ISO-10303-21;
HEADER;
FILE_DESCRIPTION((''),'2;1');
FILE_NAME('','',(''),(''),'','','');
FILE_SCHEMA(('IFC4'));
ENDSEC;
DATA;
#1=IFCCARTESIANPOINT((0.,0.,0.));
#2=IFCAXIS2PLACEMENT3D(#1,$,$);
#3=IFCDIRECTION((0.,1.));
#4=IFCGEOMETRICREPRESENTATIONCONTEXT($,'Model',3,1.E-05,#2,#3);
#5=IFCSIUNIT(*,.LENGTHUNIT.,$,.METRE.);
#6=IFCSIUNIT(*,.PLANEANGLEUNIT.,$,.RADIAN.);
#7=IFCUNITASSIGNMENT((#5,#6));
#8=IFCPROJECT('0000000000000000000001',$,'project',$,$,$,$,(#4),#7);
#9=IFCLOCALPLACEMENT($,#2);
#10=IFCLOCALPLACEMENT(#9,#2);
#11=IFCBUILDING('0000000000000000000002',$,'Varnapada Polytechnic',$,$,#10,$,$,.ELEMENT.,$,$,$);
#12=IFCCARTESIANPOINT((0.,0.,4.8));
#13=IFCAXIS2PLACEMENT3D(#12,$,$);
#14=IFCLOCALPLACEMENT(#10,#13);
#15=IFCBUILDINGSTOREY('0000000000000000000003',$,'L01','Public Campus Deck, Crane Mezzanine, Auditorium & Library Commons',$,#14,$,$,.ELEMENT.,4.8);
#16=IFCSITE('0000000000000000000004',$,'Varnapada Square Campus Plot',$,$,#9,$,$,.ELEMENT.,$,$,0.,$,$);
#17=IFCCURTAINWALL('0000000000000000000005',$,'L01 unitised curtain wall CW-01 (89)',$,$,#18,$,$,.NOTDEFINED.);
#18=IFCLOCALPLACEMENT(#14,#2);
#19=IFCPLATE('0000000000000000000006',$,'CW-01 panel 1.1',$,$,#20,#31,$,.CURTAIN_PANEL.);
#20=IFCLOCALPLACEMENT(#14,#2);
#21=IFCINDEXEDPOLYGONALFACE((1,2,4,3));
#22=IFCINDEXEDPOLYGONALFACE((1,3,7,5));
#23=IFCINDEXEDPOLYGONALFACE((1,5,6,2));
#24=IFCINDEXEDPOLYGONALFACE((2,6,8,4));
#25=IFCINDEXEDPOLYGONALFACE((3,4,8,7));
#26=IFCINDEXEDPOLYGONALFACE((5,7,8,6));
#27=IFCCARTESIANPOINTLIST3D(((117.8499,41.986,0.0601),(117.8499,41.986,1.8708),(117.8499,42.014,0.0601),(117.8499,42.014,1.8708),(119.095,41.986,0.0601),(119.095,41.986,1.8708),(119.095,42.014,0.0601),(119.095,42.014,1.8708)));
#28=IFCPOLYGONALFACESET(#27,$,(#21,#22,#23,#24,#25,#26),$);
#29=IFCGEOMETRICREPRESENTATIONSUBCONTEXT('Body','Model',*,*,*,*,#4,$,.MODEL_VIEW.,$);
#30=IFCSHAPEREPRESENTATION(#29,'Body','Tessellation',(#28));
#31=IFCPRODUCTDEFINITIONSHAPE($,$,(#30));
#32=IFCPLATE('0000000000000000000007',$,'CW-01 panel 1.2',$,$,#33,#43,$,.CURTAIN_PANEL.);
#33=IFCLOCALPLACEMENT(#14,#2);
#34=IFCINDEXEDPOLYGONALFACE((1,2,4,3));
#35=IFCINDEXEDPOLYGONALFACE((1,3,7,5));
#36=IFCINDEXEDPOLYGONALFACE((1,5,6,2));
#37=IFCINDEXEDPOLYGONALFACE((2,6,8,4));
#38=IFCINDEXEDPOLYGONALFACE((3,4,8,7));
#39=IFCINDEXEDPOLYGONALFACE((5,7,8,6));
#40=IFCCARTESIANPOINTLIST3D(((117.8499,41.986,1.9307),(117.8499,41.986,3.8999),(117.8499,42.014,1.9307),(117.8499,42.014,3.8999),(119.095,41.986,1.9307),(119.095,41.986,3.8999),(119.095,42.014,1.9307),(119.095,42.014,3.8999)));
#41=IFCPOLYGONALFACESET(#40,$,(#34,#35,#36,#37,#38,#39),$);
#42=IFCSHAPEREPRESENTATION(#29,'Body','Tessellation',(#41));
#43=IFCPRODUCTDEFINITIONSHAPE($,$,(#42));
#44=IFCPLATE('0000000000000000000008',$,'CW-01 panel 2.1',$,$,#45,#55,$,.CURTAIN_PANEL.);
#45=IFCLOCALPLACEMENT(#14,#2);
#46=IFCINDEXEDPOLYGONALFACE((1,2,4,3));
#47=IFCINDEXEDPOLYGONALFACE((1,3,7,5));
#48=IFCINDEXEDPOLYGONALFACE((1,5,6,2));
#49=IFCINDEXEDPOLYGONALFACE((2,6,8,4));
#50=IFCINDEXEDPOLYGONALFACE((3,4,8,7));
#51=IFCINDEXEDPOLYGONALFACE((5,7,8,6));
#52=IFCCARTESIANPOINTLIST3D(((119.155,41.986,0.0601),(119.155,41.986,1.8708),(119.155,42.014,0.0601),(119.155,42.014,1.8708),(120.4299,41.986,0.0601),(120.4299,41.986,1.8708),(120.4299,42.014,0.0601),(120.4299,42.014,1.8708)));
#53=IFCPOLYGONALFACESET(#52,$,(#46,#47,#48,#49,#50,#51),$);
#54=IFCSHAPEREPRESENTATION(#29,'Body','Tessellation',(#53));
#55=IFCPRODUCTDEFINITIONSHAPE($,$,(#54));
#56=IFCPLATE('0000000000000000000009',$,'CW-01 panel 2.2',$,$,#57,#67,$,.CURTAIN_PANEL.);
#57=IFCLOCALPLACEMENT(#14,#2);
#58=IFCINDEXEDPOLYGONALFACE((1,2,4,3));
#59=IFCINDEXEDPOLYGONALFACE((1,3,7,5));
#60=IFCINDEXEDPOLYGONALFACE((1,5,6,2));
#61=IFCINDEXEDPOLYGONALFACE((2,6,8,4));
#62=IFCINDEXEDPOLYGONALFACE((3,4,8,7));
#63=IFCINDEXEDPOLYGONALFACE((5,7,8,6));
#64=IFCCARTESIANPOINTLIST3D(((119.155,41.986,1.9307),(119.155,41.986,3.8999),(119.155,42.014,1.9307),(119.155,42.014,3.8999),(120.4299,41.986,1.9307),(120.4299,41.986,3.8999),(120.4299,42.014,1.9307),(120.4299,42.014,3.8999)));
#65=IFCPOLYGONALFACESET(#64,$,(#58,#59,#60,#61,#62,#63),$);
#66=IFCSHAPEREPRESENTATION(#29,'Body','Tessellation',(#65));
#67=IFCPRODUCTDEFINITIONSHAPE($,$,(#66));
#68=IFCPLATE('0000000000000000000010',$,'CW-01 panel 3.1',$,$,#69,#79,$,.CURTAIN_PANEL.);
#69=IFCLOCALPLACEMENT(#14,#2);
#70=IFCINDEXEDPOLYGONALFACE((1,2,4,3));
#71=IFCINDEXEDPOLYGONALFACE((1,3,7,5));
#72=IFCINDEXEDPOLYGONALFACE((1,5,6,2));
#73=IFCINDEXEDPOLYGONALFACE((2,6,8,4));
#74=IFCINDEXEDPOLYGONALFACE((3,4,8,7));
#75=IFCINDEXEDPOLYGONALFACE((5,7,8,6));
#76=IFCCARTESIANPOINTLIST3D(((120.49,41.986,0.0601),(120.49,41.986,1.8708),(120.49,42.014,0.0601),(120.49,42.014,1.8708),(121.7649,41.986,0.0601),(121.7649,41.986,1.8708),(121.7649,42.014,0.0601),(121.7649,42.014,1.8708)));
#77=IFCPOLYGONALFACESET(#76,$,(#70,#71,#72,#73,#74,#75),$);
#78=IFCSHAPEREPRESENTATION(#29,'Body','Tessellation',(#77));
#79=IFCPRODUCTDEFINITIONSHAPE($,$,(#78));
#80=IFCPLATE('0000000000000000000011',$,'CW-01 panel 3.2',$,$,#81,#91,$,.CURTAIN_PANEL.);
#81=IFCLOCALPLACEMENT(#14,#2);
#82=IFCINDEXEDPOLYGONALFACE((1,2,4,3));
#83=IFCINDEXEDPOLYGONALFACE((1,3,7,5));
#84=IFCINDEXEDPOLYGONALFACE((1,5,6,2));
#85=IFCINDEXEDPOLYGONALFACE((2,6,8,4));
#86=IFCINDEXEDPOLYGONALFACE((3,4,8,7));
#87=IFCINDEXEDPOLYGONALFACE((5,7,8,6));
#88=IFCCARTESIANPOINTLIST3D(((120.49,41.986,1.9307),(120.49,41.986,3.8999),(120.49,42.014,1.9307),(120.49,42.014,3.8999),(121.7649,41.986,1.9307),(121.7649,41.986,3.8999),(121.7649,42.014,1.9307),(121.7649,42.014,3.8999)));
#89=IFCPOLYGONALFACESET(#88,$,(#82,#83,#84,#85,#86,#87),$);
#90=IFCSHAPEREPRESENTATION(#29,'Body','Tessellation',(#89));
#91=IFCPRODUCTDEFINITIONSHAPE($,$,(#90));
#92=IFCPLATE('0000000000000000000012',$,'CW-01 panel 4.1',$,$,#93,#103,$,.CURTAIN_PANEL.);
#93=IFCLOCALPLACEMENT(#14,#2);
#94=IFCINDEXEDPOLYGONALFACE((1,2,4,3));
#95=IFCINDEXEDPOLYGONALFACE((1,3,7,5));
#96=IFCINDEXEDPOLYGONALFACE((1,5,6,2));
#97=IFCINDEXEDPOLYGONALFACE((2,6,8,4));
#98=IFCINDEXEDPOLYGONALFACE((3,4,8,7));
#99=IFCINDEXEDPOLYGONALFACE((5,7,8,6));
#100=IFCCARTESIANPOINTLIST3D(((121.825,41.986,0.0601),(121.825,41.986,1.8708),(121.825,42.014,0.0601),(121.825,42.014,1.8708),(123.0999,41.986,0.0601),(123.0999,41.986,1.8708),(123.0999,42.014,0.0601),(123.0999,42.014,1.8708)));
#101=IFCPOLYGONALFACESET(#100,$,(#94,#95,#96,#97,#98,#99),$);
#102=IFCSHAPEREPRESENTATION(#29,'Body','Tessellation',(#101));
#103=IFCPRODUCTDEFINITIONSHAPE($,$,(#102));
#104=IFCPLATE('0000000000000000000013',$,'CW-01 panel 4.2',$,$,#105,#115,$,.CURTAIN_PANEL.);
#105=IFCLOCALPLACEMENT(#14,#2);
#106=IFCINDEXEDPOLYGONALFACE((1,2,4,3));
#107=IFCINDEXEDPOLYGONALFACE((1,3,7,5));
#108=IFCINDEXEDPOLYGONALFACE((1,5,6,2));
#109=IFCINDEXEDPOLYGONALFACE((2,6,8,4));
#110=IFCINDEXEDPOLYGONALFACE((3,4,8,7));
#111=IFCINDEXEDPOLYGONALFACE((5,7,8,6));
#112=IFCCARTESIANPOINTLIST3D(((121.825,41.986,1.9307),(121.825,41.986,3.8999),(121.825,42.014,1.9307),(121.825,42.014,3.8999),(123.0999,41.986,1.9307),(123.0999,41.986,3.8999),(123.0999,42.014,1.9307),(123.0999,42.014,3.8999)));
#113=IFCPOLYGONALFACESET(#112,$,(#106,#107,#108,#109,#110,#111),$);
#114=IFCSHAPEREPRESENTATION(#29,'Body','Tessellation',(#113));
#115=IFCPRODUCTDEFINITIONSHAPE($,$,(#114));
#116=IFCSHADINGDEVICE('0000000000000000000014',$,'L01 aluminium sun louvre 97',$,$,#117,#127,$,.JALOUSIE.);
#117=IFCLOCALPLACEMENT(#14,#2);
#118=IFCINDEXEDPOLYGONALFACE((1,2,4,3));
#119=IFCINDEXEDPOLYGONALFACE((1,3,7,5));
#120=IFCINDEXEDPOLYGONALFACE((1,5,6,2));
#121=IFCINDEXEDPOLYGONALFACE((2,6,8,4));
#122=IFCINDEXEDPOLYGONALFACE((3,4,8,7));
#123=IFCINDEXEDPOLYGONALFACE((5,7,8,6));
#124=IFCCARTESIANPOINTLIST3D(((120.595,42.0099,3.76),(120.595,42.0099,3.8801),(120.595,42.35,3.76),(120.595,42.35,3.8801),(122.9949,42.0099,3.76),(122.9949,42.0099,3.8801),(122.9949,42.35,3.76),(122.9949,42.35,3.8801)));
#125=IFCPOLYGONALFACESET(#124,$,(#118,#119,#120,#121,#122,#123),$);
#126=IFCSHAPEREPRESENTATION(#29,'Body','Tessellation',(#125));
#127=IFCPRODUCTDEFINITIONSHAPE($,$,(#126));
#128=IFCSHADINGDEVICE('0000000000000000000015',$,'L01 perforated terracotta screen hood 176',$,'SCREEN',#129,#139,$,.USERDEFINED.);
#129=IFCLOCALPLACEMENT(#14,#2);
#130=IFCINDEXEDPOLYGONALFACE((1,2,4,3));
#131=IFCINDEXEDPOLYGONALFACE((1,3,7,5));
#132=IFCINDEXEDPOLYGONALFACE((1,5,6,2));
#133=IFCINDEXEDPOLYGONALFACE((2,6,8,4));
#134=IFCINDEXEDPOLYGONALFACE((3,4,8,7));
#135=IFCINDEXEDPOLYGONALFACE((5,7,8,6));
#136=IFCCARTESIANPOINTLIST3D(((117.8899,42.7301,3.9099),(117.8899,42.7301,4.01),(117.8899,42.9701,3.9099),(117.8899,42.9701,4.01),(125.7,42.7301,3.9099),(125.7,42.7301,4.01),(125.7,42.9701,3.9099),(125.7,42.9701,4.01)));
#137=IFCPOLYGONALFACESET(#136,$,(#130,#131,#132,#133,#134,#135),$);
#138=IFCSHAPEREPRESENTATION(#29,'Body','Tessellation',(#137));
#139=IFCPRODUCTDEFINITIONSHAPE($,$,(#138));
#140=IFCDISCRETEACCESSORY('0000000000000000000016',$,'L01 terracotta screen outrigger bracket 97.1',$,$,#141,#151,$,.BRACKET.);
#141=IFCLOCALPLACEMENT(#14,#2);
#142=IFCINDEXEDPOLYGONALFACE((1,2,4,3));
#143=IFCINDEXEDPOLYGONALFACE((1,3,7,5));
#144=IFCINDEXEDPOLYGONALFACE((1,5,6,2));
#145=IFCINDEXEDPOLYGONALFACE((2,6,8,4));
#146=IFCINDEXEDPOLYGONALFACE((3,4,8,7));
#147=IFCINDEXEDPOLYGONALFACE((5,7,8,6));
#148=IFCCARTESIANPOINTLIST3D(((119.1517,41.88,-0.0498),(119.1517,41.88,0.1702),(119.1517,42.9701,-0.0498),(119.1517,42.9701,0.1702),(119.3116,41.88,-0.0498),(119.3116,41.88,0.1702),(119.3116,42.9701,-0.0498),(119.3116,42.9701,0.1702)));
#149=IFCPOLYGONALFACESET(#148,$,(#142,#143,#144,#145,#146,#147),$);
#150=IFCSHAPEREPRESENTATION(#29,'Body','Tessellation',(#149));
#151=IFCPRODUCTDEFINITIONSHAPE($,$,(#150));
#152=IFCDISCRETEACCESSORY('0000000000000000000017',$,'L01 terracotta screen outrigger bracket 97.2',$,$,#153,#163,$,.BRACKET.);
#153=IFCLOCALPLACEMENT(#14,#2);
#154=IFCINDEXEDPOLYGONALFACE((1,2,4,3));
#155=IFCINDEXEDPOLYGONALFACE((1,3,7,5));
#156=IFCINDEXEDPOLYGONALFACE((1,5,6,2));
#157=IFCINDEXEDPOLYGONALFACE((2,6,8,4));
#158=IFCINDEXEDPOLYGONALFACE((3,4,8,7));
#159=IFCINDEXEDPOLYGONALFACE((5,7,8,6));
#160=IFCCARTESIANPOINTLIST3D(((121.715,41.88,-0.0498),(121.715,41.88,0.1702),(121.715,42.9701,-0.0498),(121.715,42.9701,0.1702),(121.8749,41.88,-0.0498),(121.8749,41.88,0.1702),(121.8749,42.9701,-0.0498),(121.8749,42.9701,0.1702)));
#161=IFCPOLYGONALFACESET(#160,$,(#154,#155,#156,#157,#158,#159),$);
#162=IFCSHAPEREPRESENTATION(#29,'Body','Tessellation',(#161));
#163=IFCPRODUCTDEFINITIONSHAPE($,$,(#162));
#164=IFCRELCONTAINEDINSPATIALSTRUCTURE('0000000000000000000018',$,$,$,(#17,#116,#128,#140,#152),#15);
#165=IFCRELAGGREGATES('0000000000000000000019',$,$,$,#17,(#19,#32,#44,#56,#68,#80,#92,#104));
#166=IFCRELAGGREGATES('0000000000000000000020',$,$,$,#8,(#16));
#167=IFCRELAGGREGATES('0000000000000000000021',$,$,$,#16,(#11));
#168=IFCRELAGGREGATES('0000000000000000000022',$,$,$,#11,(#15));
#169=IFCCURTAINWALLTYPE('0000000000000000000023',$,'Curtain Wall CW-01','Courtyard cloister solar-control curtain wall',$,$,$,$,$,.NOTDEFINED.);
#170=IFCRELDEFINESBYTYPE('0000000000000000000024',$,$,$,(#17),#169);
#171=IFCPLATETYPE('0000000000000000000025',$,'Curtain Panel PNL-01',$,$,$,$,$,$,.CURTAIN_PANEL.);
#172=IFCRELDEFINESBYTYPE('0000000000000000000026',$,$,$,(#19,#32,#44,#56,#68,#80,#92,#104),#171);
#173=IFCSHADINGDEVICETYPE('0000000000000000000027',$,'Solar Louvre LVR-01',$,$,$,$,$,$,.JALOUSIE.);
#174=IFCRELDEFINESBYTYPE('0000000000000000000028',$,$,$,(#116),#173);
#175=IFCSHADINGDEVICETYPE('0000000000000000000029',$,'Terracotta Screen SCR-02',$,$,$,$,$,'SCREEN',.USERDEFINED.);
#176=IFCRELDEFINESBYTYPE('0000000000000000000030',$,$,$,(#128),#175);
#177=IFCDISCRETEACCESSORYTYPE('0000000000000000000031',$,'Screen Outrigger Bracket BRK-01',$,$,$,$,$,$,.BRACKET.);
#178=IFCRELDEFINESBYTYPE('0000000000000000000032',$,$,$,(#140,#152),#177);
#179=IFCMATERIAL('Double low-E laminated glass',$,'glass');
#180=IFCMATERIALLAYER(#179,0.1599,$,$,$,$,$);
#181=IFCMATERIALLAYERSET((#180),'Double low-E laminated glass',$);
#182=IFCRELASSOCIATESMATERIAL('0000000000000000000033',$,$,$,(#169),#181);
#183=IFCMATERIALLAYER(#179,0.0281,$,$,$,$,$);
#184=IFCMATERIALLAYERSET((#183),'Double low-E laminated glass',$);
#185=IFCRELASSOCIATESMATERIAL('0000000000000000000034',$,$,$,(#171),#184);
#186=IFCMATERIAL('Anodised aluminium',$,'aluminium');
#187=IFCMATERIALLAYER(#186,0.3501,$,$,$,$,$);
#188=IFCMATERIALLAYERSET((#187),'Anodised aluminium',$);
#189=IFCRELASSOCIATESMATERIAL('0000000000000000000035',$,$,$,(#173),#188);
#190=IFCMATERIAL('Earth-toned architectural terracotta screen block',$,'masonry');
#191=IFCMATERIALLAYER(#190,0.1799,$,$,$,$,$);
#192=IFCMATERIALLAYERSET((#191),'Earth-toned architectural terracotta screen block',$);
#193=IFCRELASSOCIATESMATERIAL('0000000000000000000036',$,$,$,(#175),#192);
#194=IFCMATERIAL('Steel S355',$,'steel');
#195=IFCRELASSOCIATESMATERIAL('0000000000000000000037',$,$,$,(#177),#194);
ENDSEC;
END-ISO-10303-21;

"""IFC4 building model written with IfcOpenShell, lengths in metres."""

from ifc_helpers import new_model, si_unit, direction, frame, origin, origin_2d, place, context, subcontext, project, spatial, rectangle, extrude, material, layer, layer_set, type_object, element, aggregate, save


model = new_model("IFC4")

# Units and contexts
model_context = context("Model", 3, precision=1e-05, world=origin(), true_north=direction((0.0, 1.0)))
body_context = subcontext(model_context, "Body", "Model", "MODEL_VIEW")
ifc_project = project(units=[si_unit("LENGTHUNIT", "METRE"), si_unit("PLANEANGLEUNIT", "RADIAN")], contexts=[model_context])

# Site, building, storey
site_placement = place(None, origin())
site = spatial("IfcSite", under=ifc_project, at=site_placement, Name="Varnapada Square Campus Plot", CompositionType="ELEMENT", RefElevation=0.0)
building_placement = place(site_placement, origin())
building = spatial("IfcBuilding", under=site, at=building_placement, Name="Varnapada Polytechnic", CompositionType="ELEMENT")
storey_placement = place(building_placement, frame((0.0, 0.0, 4.8)))
storey = spatial("IfcBuildingStorey", under=building, at=storey_placement, Name="L01", Description="Public Campus Deck, Crane Mezzanine, Auditorium & Library Commons", CompositionType="ELEMENT", Elevation=4.8)

# Curtain wall, plates
ifc_material_1 = material(Name="Double low-E laminated glass", Category="glass")
ifc_layer_1 = layer(ifc_material_1, 0.1599)
ifc_layer_set_1 = layer_set([ifc_layer_1], Name="Double low-E laminated glass")
curtain_wall_type = type_object("IfcCurtainWallType", Name="Curtain Wall CW-01", Description="Courtyard cloister solar-control curtain wall", PredefinedType="NOTDEFINED", material=ifc_layer_set_1)
curtain_wall_placement = place(storey_placement, origin())
curtain_wall = element("IfcCurtainWall", 1, at=curtain_wall_placement, inside=storey, type_object=curtain_wall_type, Name="L01 unitised curtain wall CW-01 (89)", PredefinedType="NOTDEFINED")
ifc_material_2 = material(Name="Anodised aluminium", Category="aluminium")
ifc_layer_2 = layer(ifc_material_1, 0.0281)
ifc_layer_set_2 = layer_set([ifc_layer_2], Name="Double low-E laminated glass")
plate_type = type_object("IfcPlateType", Name="Curtain Panel PNL-01", PredefinedType="CURTAIN_PANEL", material=ifc_layer_set_2)
plate_1_placement = place(storey_placement, frame((118.4724, 42.0, 0.0601), z_axis=(0.0, 0.0, 1.0), x_axis=(1.0, 0.0, 0.0)))
plate_1 = element("IfcPlate", 2, at=plate_1_placement, type_object=plate_type, Name="CW-01 panel 1.1", PredefinedType="CURTAIN_PANEL", context=body_context, shape_type="SweptSolid", body=[
    extrude(rectangle(XDim=1.2451, YDim=0.0281, at=origin_2d()), origin(), (0.0, 0.0, 1.0), 1.8108),
])
plate_2_placement = place(storey_placement, frame((118.4724, 42.0, 1.9307), z_axis=(0.0, 0.0, 1.0), x_axis=(1.0, 0.0, 0.0)))
plate_2 = element("IfcPlate", 3, at=plate_2_placement, type_object=plate_type, Name="CW-01 panel 1.2", PredefinedType="CURTAIN_PANEL", context=body_context, shape_type="SweptSolid", body=[
    extrude(rectangle(XDim=1.2451, YDim=0.0281, at=origin_2d()), origin(), (0.0, 0.0, 1.0), 1.9692),
])
plate_3_placement = place(storey_placement, frame((119.7925, 42.0, 0.0601), z_axis=(0.0, 0.0, 1.0), x_axis=(1.0, 0.0, 0.0)))
plate_3 = element("IfcPlate", 4, at=plate_3_placement, type_object=plate_type, Name="CW-01 panel 2.1", PredefinedType="CURTAIN_PANEL", context=body_context, shape_type="SweptSolid", body=[
    extrude(rectangle(XDim=1.2749, YDim=0.0281, at=origin_2d()), origin(), (0.0, 0.0, 1.0), 1.8108),
])
plate_4_placement = place(storey_placement, frame((119.7925, 42.0, 1.9307), z_axis=(0.0, 0.0, 1.0), x_axis=(1.0, 0.0, 0.0)))
plate_4 = element("IfcPlate", 5, at=plate_4_placement, type_object=plate_type, Name="CW-01 panel 2.2", PredefinedType="CURTAIN_PANEL", context=body_context, shape_type="SweptSolid", body=[
    extrude(rectangle(XDim=1.2749, YDim=0.0281, at=origin_2d()), origin(), (0.0, 0.0, 1.0), 1.9692),
])
plate_5_placement = place(storey_placement, frame((121.1274, 42.0, 0.0601), z_axis=(0.0, 0.0, 1.0), x_axis=(1.0, 0.0, 0.0)))
plate_5 = element("IfcPlate", 6, at=plate_5_placement, type_object=plate_type, Name="CW-01 panel 3.1", PredefinedType="CURTAIN_PANEL", context=body_context, shape_type="SweptSolid", body=[
    extrude(rectangle(XDim=1.2749, YDim=0.0281, at=origin_2d()), origin(), (0.0, 0.0, 1.0), 1.8108),
])
plate_6_placement = place(storey_placement, frame((121.1274, 42.0, 1.9307), z_axis=(0.0, 0.0, 1.0), x_axis=(1.0, 0.0, 0.0)))
plate_6 = element("IfcPlate", 7, at=plate_6_placement, type_object=plate_type, Name="CW-01 panel 3.2", PredefinedType="CURTAIN_PANEL", context=body_context, shape_type="SweptSolid", body=[
    extrude(rectangle(XDim=1.2749, YDim=0.0281, at=origin_2d()), origin(), (0.0, 0.0, 1.0), 1.9692),
])
plate_7_placement = place(storey_placement, frame((122.4624, 42.0, 0.0601), z_axis=(0.0, 0.0, 1.0), x_axis=(1.0, 0.0, 0.0)))
plate_7 = element("IfcPlate", 8, at=plate_7_placement, type_object=plate_type, Name="CW-01 panel 4.1", PredefinedType="CURTAIN_PANEL", context=body_context, shape_type="SweptSolid", body=[
    extrude(rectangle(XDim=1.2749, YDim=0.0281, at=origin_2d()), origin(), (0.0, 0.0, 1.0), 1.8108),
])
plate_8_placement = place(storey_placement, frame((122.4624, 42.0, 1.9307), z_axis=(0.0, 0.0, 1.0), x_axis=(1.0, 0.0, 0.0)))
plate_8 = element("IfcPlate", 9, at=plate_8_placement, type_object=plate_type, Name="CW-01 panel 4.2", PredefinedType="CURTAIN_PANEL", context=body_context, shape_type="SweptSolid", body=[
    extrude(rectangle(XDim=1.2749, YDim=0.0281, at=origin_2d()), origin(), (0.0, 0.0, 1.0), 1.9692),
])
aggregate(curtain_wall, [plate_1, plate_2, plate_3, plate_4, plate_5, plate_6, plate_7, plate_8])

# Shading devices
ifc_layer_3 = layer(ifc_material_2, 0.3501)
ifc_layer_set_3 = layer_set([ifc_layer_3], Name="Anodised aluminium")
shading_device_type_1 = type_object("IfcShadingDeviceType", Name="Solar Louvre LVR-01", PredefinedType="JALOUSIE", material=ifc_layer_set_3)
shading_device_1_placement = place(storey_placement, frame((121.7949, 42.1799, 3.76), z_axis=(0.0, 0.0, 1.0), x_axis=(1.0, 0.0, 0.0)))
element("IfcShadingDevice", 10, at=shading_device_1_placement, inside=storey, type_object=shading_device_type_1, Name="L01 aluminium sun louvre 97", PredefinedType="JALOUSIE", context=body_context, shape_type="SweptSolid", body=[
    extrude(rectangle(XDim=2.3999, YDim=0.3401, at=origin_2d()), origin(), (0.0, 0.0, 1.0), 0.1201),
])
ifc_material_3 = material(Name="Earth-toned architectural terracotta screen block", Category="masonry")
ifc_layer_4 = layer(ifc_material_3, 0.1799)
ifc_layer_set_4 = layer_set([ifc_layer_4], Name="Earth-toned architectural terracotta screen block")
shading_device_type_2 = type_object("IfcShadingDeviceType", Name="Terracotta Screen SCR-02", ElementType="SCREEN", PredefinedType="USERDEFINED", material=ifc_layer_set_4)
shading_device_2_placement = place(storey_placement, frame((121.7949, 42.8501, 3.9099), z_axis=(0.0, 0.0, 1.0), x_axis=(1.0, 0.0, 0.0)))
element("IfcShadingDevice", 11, at=shading_device_2_placement, inside=storey, type_object=shading_device_type_2, Name="L01 perforated terracotta screen hood 176", ObjectType="SCREEN", PredefinedType="USERDEFINED", context=body_context, shape_type="SweptSolid", body=[
    extrude(rectangle(XDim=7.8101, YDim=0.24, at=origin_2d()), origin(), (0.0, 0.0, 1.0), 0.1001),
])

# Discrete accessories
ifc_material_4 = material(Name="Steel S355", Category="steel")
discrete_accessory_type = type_object("IfcDiscreteAccessoryType", Name="Screen Outrigger Bracket BRK-01", PredefinedType="BRACKET", material=ifc_material_4)
for number, where, z_axis, x_axis, name in (
    (12, (119.2317, 42.425, -0.0498), (0.0, 0.0, 1.0), (1.0, 0.0, 0.0), "L01 terracotta screen outrigger bracket 97.1"),
    (13, (121.7949, 42.425, -0.0498), (0.0, 0.0, 1.0), (1.0, 0.0, 0.0), "L01 terracotta screen outrigger bracket 97.2"),
):
    element("IfcDiscreteAccessory", number, at=place(storey_placement, frame(where, z_axis=z_axis, x_axis=x_axis)), inside=storey, type_object=discrete_accessory_type, Name=name, PredefinedType="BRACKET", context=body_context, shape_type="SweptSolid", body=[
        extrude(rectangle(XDim=0.1599, YDim=1.0901, at=origin_2d()), origin(), (0.0, 0.0, 1.0), 0.22),
    ])

save(model, "model.ifc")
